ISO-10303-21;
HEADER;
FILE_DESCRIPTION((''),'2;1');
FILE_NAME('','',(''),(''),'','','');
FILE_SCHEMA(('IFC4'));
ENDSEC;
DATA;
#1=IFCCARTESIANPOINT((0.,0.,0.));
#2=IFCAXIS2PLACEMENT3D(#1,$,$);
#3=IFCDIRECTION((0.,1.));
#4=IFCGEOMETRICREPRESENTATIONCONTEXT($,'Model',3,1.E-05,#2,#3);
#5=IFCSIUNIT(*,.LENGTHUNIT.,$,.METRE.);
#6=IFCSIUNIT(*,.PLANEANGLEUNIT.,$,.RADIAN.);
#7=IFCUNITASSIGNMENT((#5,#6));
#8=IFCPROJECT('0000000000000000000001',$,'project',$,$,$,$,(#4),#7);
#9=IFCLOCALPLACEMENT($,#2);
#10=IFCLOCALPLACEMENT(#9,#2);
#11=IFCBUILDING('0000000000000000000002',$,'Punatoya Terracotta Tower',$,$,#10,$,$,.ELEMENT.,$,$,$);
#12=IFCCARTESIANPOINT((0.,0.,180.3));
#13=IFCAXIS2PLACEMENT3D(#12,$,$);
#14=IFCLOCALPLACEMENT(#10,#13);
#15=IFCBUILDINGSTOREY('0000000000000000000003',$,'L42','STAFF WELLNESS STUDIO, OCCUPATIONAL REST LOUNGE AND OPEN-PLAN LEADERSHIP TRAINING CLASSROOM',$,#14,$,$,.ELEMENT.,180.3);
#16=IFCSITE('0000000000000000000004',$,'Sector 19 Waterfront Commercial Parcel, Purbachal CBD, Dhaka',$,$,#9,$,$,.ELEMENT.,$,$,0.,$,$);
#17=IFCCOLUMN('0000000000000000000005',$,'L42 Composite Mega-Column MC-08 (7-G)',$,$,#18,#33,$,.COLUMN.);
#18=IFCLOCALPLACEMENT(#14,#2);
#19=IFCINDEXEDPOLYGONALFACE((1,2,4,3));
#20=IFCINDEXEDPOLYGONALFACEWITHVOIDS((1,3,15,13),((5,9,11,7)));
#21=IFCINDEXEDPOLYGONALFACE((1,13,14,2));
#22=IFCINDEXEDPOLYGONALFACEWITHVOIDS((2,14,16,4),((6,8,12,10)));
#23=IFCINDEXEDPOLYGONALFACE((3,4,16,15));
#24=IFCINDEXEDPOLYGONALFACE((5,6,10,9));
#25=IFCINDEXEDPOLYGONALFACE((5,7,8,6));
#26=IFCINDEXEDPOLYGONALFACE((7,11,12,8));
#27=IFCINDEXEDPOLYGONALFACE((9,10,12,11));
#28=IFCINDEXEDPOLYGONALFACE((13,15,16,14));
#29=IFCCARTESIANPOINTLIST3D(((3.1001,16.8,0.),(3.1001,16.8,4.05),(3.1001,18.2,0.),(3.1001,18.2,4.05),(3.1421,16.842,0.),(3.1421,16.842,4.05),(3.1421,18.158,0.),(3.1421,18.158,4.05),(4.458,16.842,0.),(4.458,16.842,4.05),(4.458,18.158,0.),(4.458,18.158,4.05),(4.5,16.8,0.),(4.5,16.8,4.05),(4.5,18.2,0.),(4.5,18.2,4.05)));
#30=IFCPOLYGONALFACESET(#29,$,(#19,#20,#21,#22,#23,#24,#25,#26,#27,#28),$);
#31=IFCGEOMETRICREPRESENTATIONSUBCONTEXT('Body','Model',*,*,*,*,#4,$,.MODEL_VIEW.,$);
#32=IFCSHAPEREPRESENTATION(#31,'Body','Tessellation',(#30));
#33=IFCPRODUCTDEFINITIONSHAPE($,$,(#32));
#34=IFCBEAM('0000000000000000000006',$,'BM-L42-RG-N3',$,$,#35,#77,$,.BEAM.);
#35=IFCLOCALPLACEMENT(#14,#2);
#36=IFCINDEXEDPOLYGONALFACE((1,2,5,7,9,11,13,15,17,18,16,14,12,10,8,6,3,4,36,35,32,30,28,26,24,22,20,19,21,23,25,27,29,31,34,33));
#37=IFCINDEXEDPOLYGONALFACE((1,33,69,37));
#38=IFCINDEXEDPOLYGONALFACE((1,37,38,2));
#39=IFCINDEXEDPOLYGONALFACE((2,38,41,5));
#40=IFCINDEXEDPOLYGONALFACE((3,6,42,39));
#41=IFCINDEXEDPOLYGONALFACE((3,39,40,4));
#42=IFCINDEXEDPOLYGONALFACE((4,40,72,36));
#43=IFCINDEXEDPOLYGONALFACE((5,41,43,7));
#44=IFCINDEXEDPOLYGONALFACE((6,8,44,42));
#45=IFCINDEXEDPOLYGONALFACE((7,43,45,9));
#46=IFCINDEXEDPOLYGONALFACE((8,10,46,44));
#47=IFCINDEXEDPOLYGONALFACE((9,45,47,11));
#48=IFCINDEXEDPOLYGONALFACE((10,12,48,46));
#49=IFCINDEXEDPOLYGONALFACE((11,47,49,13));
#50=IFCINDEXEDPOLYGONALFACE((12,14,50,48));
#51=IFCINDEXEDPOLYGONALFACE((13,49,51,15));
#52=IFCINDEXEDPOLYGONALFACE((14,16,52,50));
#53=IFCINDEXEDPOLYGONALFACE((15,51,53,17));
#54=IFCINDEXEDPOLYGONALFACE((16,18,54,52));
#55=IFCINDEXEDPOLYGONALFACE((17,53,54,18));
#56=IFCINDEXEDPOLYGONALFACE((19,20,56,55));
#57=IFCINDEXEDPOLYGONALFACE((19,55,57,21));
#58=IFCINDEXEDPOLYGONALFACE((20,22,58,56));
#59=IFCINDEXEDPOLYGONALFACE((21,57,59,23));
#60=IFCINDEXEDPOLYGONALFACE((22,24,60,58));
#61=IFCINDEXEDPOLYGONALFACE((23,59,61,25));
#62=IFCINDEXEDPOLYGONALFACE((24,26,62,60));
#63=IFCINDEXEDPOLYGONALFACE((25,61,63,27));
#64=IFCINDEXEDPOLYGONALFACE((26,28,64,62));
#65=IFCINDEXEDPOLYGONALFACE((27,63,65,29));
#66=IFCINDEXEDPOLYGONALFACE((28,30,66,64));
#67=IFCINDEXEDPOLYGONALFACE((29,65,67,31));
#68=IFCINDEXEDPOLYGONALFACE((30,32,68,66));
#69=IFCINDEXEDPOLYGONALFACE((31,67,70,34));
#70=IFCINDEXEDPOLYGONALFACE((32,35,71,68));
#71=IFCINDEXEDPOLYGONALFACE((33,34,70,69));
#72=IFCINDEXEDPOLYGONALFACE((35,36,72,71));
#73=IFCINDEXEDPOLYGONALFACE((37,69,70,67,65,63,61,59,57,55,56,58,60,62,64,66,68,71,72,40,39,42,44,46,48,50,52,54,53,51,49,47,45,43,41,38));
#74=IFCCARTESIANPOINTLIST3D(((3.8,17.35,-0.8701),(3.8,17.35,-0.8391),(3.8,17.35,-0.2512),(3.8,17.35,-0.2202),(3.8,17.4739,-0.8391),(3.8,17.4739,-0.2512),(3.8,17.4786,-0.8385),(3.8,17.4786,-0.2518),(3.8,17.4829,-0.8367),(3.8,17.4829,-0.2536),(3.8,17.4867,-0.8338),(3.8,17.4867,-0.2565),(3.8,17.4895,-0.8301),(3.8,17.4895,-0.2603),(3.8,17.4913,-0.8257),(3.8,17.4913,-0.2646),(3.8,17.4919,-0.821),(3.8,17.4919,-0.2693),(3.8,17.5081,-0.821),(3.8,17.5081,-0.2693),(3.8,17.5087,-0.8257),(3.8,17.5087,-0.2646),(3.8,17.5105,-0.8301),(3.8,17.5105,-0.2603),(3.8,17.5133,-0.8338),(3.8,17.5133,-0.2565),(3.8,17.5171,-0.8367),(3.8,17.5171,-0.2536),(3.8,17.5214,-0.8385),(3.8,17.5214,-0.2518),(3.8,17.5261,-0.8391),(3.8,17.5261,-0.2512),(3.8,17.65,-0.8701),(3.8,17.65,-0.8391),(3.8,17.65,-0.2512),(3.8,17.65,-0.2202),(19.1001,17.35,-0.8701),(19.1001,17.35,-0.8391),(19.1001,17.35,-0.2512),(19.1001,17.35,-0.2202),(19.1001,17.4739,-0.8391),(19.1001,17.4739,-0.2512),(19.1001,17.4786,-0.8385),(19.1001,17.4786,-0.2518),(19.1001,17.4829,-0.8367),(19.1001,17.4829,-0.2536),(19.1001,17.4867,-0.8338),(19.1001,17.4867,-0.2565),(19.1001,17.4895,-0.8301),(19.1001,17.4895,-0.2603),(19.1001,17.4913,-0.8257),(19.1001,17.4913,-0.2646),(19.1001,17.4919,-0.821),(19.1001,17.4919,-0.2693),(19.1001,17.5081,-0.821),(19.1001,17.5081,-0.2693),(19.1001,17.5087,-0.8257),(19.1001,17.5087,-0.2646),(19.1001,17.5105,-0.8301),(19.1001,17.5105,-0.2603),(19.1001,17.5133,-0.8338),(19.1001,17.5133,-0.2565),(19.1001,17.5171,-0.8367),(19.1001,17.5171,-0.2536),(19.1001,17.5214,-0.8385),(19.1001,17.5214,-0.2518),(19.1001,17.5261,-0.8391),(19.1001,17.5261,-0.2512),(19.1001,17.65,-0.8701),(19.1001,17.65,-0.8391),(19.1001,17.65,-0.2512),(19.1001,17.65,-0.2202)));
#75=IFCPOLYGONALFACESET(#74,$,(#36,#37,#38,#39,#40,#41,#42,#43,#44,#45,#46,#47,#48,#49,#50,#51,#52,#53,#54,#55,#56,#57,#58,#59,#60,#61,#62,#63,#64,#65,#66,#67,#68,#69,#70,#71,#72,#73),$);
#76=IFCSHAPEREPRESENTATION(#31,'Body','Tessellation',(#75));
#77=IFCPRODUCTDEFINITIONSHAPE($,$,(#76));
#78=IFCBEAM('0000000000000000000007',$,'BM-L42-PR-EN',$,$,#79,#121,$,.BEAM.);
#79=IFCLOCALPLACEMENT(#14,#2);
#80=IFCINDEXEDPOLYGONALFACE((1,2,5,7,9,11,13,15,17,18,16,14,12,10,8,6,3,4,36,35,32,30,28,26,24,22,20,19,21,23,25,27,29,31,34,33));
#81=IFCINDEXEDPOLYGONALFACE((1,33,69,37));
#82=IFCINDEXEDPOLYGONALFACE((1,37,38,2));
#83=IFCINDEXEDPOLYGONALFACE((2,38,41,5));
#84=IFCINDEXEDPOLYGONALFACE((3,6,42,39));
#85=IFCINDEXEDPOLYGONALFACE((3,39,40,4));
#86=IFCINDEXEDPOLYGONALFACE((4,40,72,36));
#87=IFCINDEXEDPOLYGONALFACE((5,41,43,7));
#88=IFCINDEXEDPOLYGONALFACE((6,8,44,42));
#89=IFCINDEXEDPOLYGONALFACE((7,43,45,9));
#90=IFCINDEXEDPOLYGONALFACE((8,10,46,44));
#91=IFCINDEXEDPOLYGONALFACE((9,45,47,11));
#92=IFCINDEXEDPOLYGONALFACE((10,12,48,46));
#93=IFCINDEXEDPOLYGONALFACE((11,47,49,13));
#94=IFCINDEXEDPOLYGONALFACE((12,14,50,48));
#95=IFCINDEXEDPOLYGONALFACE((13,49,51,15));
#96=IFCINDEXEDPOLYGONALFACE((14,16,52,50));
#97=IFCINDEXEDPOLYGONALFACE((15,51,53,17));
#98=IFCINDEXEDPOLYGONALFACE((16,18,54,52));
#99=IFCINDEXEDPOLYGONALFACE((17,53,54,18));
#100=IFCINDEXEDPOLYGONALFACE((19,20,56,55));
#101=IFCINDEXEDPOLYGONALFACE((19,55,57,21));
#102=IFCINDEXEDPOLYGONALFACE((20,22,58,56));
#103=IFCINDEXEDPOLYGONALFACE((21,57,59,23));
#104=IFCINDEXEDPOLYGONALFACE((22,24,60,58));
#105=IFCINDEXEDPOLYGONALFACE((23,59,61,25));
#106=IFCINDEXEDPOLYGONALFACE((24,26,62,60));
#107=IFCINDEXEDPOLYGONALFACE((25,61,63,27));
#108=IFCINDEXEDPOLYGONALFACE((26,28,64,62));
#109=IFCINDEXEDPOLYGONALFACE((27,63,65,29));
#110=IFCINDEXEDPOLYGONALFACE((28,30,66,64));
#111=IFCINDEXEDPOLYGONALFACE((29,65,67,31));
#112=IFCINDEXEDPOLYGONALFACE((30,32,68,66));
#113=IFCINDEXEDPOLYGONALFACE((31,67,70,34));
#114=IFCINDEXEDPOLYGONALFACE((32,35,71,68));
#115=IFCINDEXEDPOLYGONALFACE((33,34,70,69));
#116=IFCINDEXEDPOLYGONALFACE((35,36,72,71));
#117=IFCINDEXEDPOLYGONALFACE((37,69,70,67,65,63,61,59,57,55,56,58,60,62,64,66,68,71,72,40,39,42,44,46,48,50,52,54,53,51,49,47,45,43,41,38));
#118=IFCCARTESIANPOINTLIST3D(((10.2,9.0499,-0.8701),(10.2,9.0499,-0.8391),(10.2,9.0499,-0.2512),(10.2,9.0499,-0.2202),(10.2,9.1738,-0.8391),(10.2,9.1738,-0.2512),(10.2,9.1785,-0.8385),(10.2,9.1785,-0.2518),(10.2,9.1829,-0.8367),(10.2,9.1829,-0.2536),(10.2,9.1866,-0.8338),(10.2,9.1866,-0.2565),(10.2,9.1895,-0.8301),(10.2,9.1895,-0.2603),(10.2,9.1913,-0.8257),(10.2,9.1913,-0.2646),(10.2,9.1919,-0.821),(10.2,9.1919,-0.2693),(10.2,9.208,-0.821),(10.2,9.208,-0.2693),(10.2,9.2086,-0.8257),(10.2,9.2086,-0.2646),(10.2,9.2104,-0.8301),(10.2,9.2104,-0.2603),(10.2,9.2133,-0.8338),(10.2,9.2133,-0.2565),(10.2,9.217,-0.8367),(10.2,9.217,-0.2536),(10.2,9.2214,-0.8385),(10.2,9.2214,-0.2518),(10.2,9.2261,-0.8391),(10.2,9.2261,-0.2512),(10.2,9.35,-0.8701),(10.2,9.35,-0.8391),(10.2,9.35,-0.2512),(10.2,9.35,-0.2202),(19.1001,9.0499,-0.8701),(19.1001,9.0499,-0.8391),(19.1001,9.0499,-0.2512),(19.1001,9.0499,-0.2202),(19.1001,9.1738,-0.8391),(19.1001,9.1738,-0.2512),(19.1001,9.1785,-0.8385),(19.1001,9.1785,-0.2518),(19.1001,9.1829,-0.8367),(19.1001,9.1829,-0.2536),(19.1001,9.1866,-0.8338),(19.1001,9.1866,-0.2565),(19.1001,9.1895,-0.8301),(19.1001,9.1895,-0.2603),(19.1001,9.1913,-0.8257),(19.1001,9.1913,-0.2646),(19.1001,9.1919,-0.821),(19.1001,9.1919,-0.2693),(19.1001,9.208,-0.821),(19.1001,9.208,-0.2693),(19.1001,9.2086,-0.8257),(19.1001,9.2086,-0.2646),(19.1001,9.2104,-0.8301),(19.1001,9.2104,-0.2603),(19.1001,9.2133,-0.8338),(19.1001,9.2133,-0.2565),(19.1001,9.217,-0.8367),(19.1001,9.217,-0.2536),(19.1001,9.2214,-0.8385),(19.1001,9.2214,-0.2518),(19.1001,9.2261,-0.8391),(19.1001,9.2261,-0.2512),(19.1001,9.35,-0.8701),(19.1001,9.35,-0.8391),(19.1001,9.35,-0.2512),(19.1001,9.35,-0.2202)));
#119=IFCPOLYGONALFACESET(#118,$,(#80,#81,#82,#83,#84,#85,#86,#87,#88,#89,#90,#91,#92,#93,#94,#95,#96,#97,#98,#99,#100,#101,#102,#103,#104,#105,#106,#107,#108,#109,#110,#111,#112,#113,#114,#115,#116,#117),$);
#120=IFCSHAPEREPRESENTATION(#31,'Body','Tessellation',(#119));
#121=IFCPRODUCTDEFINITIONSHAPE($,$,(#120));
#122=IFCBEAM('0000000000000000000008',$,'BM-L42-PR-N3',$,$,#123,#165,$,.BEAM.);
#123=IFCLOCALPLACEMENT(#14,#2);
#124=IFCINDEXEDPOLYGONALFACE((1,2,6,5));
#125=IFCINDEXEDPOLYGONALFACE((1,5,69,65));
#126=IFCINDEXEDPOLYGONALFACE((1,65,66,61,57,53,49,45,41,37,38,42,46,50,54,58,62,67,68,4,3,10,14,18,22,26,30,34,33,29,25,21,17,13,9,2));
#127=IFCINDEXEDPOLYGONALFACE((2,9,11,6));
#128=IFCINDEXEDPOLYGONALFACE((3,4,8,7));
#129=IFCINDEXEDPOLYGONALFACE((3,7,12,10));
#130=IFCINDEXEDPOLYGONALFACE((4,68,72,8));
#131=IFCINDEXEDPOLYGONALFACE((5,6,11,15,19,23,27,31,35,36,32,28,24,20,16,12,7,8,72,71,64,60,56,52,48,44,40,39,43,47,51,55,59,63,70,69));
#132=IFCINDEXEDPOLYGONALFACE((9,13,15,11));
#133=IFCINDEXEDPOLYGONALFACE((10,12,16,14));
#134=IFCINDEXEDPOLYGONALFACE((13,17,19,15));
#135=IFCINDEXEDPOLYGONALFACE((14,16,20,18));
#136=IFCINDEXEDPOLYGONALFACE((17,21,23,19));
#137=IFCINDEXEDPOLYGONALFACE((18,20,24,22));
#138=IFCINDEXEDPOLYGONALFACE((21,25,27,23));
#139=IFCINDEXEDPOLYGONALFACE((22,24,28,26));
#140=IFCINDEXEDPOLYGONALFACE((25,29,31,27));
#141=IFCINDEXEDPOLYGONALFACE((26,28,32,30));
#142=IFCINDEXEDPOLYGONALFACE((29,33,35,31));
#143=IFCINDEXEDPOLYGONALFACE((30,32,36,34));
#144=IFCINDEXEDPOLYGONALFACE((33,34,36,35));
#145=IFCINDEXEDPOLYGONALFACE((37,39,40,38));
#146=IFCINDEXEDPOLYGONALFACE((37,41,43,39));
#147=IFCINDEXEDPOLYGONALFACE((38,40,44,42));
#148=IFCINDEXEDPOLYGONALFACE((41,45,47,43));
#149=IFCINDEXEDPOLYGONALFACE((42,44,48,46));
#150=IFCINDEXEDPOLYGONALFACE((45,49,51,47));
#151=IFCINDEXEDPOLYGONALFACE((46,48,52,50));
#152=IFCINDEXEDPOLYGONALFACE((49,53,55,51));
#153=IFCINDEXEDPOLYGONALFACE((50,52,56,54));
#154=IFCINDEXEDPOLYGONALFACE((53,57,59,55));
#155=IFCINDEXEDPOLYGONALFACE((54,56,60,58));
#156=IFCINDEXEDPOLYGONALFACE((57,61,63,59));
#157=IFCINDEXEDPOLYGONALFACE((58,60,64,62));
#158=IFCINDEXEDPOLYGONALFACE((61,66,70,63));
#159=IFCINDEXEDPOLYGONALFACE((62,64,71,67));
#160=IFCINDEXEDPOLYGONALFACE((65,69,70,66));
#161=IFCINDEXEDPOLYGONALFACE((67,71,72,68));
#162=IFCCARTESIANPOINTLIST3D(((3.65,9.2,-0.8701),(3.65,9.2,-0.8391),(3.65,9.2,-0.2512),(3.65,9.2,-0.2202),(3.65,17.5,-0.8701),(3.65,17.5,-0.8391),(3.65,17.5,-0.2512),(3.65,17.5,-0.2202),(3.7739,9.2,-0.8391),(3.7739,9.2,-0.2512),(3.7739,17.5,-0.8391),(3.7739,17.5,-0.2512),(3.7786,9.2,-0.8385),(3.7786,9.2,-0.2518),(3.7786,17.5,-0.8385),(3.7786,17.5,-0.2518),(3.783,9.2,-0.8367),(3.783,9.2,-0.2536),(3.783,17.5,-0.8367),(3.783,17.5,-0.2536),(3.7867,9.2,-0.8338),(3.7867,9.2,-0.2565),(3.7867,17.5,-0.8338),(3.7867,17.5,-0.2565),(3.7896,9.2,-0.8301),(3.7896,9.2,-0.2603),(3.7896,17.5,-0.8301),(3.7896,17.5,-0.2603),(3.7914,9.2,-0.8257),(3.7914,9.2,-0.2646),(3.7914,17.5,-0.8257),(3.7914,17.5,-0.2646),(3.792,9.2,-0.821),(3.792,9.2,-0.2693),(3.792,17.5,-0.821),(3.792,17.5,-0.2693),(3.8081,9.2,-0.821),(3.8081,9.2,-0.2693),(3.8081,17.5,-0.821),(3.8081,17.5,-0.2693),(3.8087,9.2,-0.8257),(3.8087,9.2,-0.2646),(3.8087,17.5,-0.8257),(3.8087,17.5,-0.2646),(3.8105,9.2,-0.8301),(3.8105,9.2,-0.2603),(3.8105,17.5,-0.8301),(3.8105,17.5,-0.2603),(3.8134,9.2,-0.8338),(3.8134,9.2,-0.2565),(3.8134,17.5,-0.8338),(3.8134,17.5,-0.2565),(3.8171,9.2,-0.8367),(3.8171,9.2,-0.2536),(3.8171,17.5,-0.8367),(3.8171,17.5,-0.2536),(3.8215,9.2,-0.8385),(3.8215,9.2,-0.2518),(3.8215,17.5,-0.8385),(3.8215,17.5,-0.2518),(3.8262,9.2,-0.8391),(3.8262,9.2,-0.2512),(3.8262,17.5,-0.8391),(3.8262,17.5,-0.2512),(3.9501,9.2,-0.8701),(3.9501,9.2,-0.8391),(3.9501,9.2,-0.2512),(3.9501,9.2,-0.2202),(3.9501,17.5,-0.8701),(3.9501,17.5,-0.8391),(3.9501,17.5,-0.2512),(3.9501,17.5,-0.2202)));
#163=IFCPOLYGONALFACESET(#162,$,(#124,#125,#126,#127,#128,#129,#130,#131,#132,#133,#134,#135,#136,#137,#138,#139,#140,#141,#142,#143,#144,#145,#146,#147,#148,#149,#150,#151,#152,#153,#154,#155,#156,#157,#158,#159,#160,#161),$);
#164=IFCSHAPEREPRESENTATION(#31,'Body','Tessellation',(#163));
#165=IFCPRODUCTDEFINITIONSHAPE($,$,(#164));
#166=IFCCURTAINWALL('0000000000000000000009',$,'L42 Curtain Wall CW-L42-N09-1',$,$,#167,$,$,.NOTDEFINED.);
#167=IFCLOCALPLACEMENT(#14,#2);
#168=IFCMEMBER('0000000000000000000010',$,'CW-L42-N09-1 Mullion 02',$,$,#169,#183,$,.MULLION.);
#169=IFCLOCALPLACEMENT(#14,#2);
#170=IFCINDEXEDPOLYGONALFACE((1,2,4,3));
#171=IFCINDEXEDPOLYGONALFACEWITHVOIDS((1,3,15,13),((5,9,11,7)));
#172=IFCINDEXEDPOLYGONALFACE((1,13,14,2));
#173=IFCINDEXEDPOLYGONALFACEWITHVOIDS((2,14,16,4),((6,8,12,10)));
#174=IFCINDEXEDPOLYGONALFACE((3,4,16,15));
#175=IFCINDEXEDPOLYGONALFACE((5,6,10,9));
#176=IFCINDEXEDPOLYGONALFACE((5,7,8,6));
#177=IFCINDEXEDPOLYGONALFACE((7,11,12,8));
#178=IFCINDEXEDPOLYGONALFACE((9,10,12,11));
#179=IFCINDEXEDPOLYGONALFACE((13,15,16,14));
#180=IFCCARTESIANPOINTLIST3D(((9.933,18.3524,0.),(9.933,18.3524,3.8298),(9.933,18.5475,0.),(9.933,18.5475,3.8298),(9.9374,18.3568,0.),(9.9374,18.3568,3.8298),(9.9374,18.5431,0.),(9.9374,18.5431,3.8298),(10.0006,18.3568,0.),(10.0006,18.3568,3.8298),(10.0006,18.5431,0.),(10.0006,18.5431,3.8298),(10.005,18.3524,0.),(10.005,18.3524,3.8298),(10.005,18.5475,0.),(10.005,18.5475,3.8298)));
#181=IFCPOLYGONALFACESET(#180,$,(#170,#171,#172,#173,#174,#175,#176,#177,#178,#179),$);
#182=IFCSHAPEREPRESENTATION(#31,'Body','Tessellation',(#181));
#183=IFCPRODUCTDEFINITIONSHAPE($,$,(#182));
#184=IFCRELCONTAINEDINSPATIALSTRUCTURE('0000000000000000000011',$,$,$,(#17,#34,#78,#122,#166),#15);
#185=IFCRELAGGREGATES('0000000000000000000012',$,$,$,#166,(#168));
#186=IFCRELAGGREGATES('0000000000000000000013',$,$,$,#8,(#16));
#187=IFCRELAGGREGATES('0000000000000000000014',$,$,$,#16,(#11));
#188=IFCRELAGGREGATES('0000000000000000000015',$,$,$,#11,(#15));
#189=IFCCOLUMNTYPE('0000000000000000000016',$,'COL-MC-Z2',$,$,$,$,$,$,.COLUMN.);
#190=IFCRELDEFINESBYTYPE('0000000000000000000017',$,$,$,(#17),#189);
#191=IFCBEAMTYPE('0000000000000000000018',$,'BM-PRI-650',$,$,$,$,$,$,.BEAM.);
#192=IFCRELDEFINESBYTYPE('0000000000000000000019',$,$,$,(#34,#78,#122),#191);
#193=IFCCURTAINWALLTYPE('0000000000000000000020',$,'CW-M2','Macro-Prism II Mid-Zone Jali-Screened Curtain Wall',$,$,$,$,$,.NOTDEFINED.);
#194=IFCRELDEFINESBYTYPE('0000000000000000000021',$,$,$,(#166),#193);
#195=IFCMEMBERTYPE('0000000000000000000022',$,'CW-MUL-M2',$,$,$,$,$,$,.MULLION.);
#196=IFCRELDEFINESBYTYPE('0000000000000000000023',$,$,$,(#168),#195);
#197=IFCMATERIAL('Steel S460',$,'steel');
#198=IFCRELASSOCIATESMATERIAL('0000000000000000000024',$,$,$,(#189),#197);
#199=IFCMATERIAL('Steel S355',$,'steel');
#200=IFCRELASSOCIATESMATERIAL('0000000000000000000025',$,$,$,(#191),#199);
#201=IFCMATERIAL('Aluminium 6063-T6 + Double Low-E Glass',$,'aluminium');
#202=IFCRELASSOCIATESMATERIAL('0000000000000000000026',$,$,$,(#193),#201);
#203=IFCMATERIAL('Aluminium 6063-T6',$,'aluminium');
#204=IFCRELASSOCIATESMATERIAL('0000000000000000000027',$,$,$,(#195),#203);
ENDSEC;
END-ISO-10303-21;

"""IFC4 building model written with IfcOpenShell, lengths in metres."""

from ifc_helpers import new_model, si_unit, direction, frame, origin, origin_2d, place, context, subcontext, project, spatial, hollow_rectangle, i_section, extrude, material, material_profile, profile_set, type_object, element, aggregate, save


model = new_model("IFC4")

# Units and contexts
model_context = context("Model", 3, precision=1e-05, world=origin(), true_north=direction((0.0, 1.0)))
body_context = subcontext(model_context, "Body", "Model", "MODEL_VIEW")
ifc_project = project(units=[si_unit("LENGTHUNIT", "METRE"), si_unit("PLANEANGLEUNIT", "RADIAN")], contexts=[model_context])

# Site, building, storey
site_placement = place(None, origin())
site = spatial("IfcSite", under=ifc_project, at=site_placement, Name="Sector 19 Waterfront Commercial Parcel, Purbachal CBD, Dhaka", CompositionType="ELEMENT", RefElevation=0.0)
building_placement = place(site_placement, origin())
building = spatial("IfcBuilding", under=site, at=building_placement, Name="Punatoya Terracotta Tower", CompositionType="ELEMENT")
storey_placement = place(building_placement, frame((0.0, 0.0, 180.3)))
storey = spatial("IfcBuildingStorey", under=building, at=storey_placement, Name="L42", Description="STAFF WELLNESS STUDIO, OCCUPATIONAL REST LOUNGE AND OPEN-PLAN LEADERSHIP TRAINING CLASSROOM", CompositionType="ELEMENT", Elevation=180.3)

# Column
ifc_material_1 = material(Name="Steel S460", Category="steel")
ifc_material_profile_1 = material_profile(ifc_material_1, hollow_rectangle(XDim=1.3999, YDim=1.3999, WallThickness=0.042, at=origin_2d()))
ifc_profile_set_1 = profile_set([ifc_material_profile_1], Name="Steel S460")
column_type = type_object("IfcColumnType", Name="COL-MC-Z2", PredefinedType="COLUMN", material=ifc_profile_set_1)
column_placement = place(storey_placement, frame((3.8, 17.5, 0.0), z_axis=(0.0, 0.0, 1.0), x_axis=(1.0, 0.0, 0.0)))
element("IfcColumn", 1, at=column_placement, inside=storey, type_object=column_type, Name="L42 Composite Mega-Column MC-08 (7-G)", PredefinedType="COLUMN", context=body_context, shape_type="SweptSolid", body=[
    extrude(hollow_rectangle(XDim=1.3999, YDim=1.3999, WallThickness=0.042, at=origin_2d()), origin(), (0.0, 0.0, 1.0), 4.05),
])

# Beams
ifc_material_2 = material(Name="Steel S355", Category="steel")
ifc_material_profile_2 = material_profile(ifc_material_2, i_section(OverallWidth=0.3, OverallDepth=0.6499, WebThickness=0.0161, FlangeThickness=0.031, FilletRadius=0.0181, at=origin_2d()))
ifc_profile_set_2 = profile_set([ifc_material_profile_2], Name="Steel S355")
beam_type = type_object("IfcBeamType", Name="BM-PRI-650", PredefinedType="BEAM", material=ifc_profile_set_2)
beam_1_placement = place(storey_placement, frame((3.8, 17.5, -0.5452), z_axis=(1.0, 0.0, 0.0), x_axis=(0.0, 1.0, 0.0)))
element("IfcBeam", 2, at=beam_1_placement, inside=storey, type_object=beam_type, Name="BM-L42-RG-N3", PredefinedType="BEAM", context=body_context, shape_type="SweptSolid", body=[
    extrude(i_section(OverallWidth=0.3, OverallDepth=0.6499, WebThickness=0.0161, FlangeThickness=0.031, FilletRadius=0.0181, at=origin_2d()), origin(), (0.0, 0.0, 1.0), 15.3),
])
beam_2_placement = place(storey_placement, frame((10.2, 9.2, -0.5452), z_axis=(1.0, 0.0, 0.0), x_axis=(0.0, 1.0, 0.0)))
element("IfcBeam", 3, at=beam_2_placement, inside=storey, type_object=beam_type, Name="BM-L42-PR-EN", PredefinedType="BEAM", context=body_context, shape_type="SweptSolid", body=[
    extrude(i_section(OverallWidth=0.3, OverallDepth=0.6499, WebThickness=0.0161, FlangeThickness=0.031, FilletRadius=0.0181, at=origin_2d()), origin(), (0.0, 0.0, 1.0), 8.9001),
])
beam_3_placement = place(storey_placement, frame((3.8, 9.2, -0.5452), z_axis=(0.0, 1.0, 0.0), x_axis=(-1.0, 0.0, 0.0)))
element("IfcBeam", 4, at=beam_3_placement, inside=storey, type_object=beam_type, Name="BM-L42-PR-N3", PredefinedType="BEAM", context=body_context, shape_type="SweptSolid", body=[
    extrude(i_section(OverallWidth=0.3, OverallDepth=0.6499, WebThickness=0.0161, FlangeThickness=0.031, FilletRadius=0.0181, at=origin_2d()), origin(), (0.0, 0.0, 1.0), 8.3),
])

# Curtain wall, member
ifc_material_3 = material(Name="Aluminium 6063-T6 + Double Low-E Glass", Category="aluminium")
curtain_wall_type = type_object("IfcCurtainWallType", Name="CW-M2", Description="Macro-Prism II Mid-Zone Jali-Screened Curtain Wall", PredefinedType="NOTDEFINED", material=ifc_material_3)
curtain_wall_placement = place(storey_placement, origin())
curtain_wall = element("IfcCurtainWall", 5, at=curtain_wall_placement, inside=storey, type_object=curtain_wall_type, Name="L42 Curtain Wall CW-L42-N09-1", PredefinedType="NOTDEFINED")
ifc_material_4 = material(Name="Aluminium 6063-T6", Category="aluminium")
ifc_material_profile_3 = material_profile(ifc_material_4, hollow_rectangle(XDim=0.072, YDim=0.1951, WallThickness=0.0044, at=origin_2d()))
ifc_profile_set_3 = profile_set([ifc_material_profile_3], Name="Aluminium 6063-T6")
member_type = type_object("IfcMemberType", Name="CW-MUL-M2", PredefinedType="MULLION", material=ifc_profile_set_3)
member_1_placement = place(storey_placement, frame((9.969, 18.45, 0.0), z_axis=(0.0, 0.0, 1.0), x_axis=(1.0, 0.0, 0.0)))
member_1 = element("IfcMember", 6, at=member_1_placement, type_object=member_type, Name="CW-L42-N09-1 Mullion 02", PredefinedType="MULLION", context=body_context, shape_type="SweptSolid", body=[
    extrude(hollow_rectangle(XDim=0.072, YDim=0.1951, WallThickness=0.0044, at=origin_2d()), origin(), (0.0, 0.0, 1.0), 3.8298),
])
aggregate(curtain_wall, [member_1])

save(model, "model.ifc")
